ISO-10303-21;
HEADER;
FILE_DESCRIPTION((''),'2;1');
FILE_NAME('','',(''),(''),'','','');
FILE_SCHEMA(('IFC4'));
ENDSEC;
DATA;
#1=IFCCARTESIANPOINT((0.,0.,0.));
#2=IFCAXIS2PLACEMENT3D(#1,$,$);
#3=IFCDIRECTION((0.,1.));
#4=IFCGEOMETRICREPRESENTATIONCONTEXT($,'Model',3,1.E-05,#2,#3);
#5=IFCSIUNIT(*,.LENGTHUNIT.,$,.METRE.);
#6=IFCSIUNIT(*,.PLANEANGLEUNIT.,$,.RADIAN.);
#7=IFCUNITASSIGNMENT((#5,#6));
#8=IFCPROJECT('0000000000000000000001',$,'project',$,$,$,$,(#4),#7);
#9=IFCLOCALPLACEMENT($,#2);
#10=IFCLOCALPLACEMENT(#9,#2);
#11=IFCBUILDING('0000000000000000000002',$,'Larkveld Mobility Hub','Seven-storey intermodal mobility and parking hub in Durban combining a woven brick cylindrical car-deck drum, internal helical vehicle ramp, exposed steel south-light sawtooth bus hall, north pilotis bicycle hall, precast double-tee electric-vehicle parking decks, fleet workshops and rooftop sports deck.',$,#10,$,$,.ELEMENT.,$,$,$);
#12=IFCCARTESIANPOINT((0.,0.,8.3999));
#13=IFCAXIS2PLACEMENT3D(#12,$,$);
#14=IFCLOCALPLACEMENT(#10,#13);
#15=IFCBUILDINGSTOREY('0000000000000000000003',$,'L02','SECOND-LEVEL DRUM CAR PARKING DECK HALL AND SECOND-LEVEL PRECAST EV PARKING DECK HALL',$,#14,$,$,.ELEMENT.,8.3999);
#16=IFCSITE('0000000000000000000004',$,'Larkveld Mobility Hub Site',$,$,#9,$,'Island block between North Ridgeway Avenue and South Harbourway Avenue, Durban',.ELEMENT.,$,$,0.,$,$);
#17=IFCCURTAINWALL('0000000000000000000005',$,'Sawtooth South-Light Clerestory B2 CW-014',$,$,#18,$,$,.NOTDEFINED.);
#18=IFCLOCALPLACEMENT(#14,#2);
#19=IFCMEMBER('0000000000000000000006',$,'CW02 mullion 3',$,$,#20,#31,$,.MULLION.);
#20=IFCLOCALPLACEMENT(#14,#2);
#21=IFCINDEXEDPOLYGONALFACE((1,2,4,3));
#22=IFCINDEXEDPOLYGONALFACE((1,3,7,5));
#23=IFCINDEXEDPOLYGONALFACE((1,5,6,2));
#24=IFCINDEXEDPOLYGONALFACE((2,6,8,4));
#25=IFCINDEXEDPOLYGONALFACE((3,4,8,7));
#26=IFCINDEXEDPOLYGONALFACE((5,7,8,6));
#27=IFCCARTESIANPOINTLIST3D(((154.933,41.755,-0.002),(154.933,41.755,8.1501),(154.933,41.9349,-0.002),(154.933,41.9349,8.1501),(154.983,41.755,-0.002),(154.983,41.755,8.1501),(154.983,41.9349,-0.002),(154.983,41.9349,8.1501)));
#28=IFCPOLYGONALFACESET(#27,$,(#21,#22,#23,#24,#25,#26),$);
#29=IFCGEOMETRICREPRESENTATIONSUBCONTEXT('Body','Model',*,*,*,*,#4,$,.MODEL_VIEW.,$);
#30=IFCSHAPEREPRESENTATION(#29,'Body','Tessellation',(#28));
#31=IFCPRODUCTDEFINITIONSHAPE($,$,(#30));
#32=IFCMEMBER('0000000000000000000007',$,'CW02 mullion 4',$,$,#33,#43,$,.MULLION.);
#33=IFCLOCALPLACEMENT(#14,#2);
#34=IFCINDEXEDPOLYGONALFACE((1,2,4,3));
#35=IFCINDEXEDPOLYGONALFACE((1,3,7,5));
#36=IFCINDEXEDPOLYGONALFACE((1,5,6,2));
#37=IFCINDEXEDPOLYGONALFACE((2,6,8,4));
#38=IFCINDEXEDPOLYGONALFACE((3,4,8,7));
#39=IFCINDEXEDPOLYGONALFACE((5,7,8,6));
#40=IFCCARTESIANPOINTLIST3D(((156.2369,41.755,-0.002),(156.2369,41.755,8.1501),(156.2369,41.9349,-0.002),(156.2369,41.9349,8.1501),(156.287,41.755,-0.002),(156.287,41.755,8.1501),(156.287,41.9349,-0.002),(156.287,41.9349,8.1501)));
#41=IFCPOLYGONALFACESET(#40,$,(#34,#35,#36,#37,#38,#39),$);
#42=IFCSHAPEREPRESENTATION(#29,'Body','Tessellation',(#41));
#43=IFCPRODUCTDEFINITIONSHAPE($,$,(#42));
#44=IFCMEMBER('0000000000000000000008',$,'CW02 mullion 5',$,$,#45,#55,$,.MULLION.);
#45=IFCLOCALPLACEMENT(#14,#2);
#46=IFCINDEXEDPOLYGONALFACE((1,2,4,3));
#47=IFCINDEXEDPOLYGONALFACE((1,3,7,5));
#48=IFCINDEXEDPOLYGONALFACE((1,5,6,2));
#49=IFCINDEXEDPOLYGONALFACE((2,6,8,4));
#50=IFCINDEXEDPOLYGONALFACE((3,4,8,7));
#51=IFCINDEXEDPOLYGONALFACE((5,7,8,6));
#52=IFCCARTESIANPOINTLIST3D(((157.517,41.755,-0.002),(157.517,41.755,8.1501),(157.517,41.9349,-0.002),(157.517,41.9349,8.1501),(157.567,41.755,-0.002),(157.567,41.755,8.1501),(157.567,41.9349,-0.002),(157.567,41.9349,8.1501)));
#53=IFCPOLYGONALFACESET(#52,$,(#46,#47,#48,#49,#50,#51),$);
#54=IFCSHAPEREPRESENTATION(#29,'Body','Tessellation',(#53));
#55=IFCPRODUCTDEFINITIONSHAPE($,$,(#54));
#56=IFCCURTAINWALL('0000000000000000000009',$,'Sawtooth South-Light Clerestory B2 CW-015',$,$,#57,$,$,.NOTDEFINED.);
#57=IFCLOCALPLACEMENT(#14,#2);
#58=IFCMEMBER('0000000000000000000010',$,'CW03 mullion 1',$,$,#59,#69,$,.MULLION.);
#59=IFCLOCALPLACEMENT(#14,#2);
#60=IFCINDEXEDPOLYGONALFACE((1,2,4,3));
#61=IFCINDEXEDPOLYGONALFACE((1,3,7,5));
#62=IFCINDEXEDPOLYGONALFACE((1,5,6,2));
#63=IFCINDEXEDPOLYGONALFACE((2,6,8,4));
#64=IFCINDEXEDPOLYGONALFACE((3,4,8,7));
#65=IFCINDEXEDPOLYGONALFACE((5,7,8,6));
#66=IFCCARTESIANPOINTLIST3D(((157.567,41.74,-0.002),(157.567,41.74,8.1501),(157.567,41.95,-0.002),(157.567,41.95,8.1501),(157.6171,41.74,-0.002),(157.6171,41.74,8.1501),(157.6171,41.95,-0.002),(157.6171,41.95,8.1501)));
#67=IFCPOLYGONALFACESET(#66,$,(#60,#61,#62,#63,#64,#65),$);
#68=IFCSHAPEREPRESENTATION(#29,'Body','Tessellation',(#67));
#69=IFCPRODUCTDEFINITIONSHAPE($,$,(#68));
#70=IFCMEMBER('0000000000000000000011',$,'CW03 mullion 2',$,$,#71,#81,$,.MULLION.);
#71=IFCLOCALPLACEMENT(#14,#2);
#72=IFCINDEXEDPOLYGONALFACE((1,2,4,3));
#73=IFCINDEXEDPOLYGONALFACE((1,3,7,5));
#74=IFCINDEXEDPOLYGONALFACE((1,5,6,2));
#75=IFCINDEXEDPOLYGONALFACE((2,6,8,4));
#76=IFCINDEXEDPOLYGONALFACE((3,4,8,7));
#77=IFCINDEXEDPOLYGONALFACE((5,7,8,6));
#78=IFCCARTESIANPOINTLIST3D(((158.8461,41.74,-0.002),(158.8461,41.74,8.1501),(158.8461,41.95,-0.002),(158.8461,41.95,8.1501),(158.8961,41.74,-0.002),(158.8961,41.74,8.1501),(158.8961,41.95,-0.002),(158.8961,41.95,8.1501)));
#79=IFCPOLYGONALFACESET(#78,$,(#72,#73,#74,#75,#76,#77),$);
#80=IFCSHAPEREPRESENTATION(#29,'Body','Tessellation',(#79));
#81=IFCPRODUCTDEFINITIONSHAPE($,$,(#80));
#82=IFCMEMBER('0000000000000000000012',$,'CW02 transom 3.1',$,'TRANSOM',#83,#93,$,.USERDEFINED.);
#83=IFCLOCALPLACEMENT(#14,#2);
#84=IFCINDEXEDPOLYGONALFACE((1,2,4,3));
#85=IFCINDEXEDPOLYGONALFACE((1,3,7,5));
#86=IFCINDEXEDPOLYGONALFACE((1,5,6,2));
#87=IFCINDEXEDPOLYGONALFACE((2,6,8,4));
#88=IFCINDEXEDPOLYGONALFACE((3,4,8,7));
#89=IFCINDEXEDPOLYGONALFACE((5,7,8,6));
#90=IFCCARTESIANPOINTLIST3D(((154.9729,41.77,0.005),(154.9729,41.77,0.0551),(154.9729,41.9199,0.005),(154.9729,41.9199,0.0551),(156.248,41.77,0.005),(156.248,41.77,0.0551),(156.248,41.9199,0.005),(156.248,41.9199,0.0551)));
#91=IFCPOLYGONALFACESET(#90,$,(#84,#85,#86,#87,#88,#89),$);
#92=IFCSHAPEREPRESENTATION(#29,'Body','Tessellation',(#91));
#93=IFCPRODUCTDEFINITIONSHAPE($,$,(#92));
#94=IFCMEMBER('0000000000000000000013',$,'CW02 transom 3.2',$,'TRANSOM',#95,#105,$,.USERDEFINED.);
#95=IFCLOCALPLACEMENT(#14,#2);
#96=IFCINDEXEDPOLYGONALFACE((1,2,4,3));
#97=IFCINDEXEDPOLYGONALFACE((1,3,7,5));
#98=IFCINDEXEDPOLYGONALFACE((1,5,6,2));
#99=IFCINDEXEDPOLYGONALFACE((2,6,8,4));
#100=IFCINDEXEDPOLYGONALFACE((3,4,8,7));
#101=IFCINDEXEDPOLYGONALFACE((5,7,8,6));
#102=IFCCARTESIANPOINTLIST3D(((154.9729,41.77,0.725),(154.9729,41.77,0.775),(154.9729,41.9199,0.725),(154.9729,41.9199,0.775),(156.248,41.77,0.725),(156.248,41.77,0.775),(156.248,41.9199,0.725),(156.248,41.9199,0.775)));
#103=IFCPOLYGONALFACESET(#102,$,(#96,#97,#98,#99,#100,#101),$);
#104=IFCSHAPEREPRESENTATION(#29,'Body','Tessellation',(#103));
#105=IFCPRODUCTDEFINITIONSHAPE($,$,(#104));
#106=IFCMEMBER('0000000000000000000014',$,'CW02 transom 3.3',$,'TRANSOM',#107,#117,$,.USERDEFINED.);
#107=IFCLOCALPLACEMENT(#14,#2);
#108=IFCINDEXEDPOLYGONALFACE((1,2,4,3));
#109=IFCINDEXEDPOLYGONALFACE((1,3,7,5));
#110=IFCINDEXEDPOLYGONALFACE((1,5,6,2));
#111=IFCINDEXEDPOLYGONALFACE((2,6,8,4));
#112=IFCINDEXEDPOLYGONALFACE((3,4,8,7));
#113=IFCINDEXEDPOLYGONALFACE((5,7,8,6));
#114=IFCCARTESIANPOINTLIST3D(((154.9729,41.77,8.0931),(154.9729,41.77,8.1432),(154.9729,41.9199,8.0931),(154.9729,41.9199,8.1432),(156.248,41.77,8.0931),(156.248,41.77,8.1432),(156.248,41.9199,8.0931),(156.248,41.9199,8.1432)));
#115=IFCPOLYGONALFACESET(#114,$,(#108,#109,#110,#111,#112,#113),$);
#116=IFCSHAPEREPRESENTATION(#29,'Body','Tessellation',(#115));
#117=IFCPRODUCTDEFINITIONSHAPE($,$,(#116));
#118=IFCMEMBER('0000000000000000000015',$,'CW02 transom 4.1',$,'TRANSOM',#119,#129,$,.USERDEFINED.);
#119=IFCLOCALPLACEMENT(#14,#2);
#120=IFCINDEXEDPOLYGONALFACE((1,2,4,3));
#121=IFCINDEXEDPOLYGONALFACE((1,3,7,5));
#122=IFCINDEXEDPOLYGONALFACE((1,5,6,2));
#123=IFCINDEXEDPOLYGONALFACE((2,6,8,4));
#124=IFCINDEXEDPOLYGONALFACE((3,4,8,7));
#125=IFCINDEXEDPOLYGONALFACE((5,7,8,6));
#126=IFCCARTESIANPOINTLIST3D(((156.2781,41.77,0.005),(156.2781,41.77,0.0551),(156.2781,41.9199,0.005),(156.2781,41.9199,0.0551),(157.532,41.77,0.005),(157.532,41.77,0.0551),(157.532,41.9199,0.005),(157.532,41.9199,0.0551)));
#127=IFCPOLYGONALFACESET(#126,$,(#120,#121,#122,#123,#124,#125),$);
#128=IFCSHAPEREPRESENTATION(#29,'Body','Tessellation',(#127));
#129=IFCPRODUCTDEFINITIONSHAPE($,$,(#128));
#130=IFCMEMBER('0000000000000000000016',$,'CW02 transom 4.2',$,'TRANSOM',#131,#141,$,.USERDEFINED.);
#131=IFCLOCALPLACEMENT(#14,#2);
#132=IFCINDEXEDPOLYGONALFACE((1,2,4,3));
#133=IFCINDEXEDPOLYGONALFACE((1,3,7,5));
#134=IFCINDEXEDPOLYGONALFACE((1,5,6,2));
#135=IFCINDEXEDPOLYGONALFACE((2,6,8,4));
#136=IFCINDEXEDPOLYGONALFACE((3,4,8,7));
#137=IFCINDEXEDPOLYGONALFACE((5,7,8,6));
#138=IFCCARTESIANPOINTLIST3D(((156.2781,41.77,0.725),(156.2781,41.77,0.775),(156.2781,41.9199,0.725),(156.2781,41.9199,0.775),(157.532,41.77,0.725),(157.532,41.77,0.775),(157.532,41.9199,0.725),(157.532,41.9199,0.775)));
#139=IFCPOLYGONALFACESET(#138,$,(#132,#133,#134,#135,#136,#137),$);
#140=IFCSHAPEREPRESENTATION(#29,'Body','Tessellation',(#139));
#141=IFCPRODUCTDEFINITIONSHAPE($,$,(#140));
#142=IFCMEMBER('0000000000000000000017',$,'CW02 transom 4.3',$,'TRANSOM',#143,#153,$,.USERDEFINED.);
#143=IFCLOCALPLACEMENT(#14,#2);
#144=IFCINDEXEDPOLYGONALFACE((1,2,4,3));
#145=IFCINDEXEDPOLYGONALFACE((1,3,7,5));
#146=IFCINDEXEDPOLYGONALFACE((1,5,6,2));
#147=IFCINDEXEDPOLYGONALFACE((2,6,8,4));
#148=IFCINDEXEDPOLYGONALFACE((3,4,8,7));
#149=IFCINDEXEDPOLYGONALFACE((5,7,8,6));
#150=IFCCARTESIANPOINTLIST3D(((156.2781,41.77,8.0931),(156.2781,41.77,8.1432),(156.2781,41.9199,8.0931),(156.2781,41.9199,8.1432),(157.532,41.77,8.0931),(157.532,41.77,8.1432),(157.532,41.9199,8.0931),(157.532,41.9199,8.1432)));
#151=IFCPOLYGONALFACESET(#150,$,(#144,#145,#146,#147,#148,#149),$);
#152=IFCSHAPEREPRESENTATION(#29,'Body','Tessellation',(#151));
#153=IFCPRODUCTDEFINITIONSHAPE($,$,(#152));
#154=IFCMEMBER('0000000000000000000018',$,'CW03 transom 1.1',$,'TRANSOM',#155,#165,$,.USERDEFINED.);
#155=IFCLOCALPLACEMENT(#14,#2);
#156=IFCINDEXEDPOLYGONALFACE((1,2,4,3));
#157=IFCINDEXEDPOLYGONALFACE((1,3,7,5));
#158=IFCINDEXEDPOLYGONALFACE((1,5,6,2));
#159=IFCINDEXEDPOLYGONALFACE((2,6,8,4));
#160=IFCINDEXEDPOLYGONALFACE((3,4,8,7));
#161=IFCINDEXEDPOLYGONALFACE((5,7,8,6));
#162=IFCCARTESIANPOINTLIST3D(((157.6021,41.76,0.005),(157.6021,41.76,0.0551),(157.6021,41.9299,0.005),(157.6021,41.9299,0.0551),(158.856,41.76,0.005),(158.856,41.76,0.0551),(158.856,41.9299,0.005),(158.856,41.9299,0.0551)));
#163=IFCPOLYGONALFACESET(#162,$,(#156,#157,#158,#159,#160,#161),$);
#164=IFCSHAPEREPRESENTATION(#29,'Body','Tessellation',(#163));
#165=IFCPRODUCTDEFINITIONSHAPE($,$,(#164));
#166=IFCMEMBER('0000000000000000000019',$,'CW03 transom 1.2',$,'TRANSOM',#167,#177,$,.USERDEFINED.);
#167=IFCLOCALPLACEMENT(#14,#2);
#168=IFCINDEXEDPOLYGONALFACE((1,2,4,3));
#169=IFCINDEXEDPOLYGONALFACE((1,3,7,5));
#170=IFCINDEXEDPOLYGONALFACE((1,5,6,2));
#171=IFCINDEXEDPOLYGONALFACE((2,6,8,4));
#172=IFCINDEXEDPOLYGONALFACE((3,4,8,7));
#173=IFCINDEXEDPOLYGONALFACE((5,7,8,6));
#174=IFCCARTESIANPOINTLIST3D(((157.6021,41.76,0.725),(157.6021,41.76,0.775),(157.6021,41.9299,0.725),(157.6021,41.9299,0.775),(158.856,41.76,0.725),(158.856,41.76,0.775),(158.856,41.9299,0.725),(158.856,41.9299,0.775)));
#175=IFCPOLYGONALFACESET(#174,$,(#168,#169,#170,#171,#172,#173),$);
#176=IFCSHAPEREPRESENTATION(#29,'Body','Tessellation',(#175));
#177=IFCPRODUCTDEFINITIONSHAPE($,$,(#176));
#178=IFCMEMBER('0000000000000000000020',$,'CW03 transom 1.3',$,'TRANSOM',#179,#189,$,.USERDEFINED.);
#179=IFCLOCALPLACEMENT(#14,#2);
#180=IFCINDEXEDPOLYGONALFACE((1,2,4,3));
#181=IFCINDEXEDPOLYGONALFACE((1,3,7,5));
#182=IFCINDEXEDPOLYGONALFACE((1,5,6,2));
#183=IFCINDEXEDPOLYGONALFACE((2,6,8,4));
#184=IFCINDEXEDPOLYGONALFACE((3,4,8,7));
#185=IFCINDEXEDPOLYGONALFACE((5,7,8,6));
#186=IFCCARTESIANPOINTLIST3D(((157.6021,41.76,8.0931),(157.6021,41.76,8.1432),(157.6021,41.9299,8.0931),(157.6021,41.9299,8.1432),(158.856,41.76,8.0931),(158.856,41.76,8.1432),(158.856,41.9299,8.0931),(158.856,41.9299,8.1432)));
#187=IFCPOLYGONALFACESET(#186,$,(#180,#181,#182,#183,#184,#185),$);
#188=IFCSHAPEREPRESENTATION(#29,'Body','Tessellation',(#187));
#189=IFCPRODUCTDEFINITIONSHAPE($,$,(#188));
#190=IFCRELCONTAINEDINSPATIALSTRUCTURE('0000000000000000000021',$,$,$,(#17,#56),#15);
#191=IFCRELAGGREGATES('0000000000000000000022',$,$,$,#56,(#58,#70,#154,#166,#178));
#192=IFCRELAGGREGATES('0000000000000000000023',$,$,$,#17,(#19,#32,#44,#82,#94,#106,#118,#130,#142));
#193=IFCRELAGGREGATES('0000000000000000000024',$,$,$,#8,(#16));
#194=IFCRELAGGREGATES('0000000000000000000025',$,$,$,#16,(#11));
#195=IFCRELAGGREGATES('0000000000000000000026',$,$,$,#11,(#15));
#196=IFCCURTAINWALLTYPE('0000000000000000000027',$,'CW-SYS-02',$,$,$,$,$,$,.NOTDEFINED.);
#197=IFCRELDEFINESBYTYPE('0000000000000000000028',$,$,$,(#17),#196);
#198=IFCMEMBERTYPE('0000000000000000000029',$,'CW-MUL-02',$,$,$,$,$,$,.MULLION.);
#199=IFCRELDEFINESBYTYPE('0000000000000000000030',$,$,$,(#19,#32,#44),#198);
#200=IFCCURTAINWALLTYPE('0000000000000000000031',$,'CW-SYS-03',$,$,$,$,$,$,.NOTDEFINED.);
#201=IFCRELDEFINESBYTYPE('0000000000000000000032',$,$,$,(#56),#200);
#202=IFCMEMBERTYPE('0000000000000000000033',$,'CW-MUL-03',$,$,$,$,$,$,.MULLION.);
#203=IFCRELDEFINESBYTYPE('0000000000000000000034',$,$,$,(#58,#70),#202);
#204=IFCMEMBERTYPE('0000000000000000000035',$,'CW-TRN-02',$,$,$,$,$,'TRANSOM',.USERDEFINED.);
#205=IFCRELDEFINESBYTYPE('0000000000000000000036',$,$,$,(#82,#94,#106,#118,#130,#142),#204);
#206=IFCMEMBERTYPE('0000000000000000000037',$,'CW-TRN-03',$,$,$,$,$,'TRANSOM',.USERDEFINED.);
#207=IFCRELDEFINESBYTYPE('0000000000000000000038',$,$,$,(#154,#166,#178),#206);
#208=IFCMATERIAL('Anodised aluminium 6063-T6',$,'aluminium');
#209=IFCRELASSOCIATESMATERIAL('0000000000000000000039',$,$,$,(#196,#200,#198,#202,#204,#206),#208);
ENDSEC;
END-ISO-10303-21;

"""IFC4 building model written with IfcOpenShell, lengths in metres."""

from ifc_helpers import new_model, si_unit, direction, frame, origin, origin_2d, place, context, subcontext, project, spatial, rectangle, extrude, material, material_profile, profile_set, type_object, element, aggregate, save


model = new_model("IFC4")

# Units and contexts
model_context = context("Model", 3, precision=1e-05, world=origin(), true_north=direction((0.0, 1.0)))
body_context = subcontext(model_context, "Body", "Model", "MODEL_VIEW")
ifc_project = project(units=[si_unit("LENGTHUNIT", "METRE"), si_unit("PLANEANGLEUNIT", "RADIAN")], contexts=[model_context])

# Site, building, storey
site_placement = place(None, origin())
site = spatial("IfcSite", under=ifc_project, at=site_placement, Name="Larkveld Mobility Hub Site", LongName="Island block between North Ridgeway Avenue and South Harbourway Avenue, Durban", CompositionType="ELEMENT", RefElevation=0.0)
building_placement = place(site_placement, origin())
building = spatial("IfcBuilding", under=site, at=building_placement, Name="Larkveld Mobility Hub", Description="Seven-storey intermodal mobility and parking hub in Durban combining a woven brick cylindrical car-deck drum, internal helical vehicle ramp, exposed steel south-light sawtooth bus hall, north pilotis bicycle hall, precast double-tee electric-vehicle parking decks, fleet workshops and rooftop sports deck.", CompositionType="ELEMENT")
storey_placement = place(building_placement, frame((0.0, 0.0, 8.3999)))
storey = spatial("IfcBuildingStorey", under=building, at=storey_placement, Name="L02", Description="SECOND-LEVEL DRUM CAR PARKING DECK HALL AND SECOND-LEVEL PRECAST EV PARKING DECK HALL", CompositionType="ELEMENT", Elevation=8.3999)

# Curtain walls, members
ifc_material_1 = material(Name="Anodised aluminium 6063-T6", Category="aluminium")
curtain_wall_type_1 = type_object("IfcCurtainWallType", Name="CW-SYS-02", PredefinedType="NOTDEFINED", material=ifc_material_1)
curtain_wall_1_placement = place(storey_placement, origin())
curtain_wall_1 = element("IfcCurtainWall", 1, at=curtain_wall_1_placement, inside=storey, type_object=curtain_wall_type_1, Name="Sawtooth South-Light Clerestory B2 CW-014", PredefinedType="NOTDEFINED")
ifc_material_profile_1 = material_profile(ifc_material_1, rectangle(XDim=0.05, YDim=0.1799, at=origin_2d()), Name="ALU MULL 50x180")
ifc_profile_set_1 = profile_set([ifc_material_profile_1], Name="Anodised aluminium 6063-T6")
member_type_1 = type_object("IfcMemberType", Name="CW-MUL-02", PredefinedType="MULLION", material=ifc_profile_set_1)
member_1_placement = place(storey_placement, frame((154.958, 41.845, -0.002), z_axis=(0.0, 0.0, 1.0), x_axis=(1.0, 0.0, 0.0)))
member_1 = element("IfcMember", 2, at=member_1_placement, type_object=member_type_1, Name="CW02 mullion 3", PredefinedType="MULLION", context=body_context, shape_type="SweptSolid", body=[
    extrude(rectangle(XDim=0.05, YDim=0.1799, at=origin_2d()), origin(), (0.0, 0.0, 1.0), 8.1521),
])
member_2_placement = place(storey_placement, frame((156.262, 41.845, -0.002), z_axis=(0.0, 0.0, 1.0), x_axis=(1.0, 0.0, 0.0)))
member_2 = element("IfcMember", 3, at=member_2_placement, type_object=member_type_1, Name="CW02 mullion 4", PredefinedType="MULLION", context=body_context, shape_type="SweptSolid", body=[
    extrude(rectangle(XDim=0.05, YDim=0.1799, at=origin_2d()), origin(), (0.0, 0.0, 1.0), 8.1521),
])
member_3_placement = place(storey_placement, frame((157.542, 41.845, -0.002), z_axis=(0.0, 0.0, 1.0), x_axis=(1.0, 0.0, 0.0)))
member_3 = element("IfcMember", 4, at=member_3_placement, type_object=member_type_1, Name="CW02 mullion 5", PredefinedType="MULLION", context=body_context, shape_type="SweptSolid", body=[
    extrude(rectangle(XDim=0.05, YDim=0.1799, at=origin_2d()), origin(), (0.0, 0.0, 1.0), 8.1521),
])
curtain_wall_type_2 = type_object("IfcCurtainWallType", Name="CW-SYS-03", PredefinedType="NOTDEFINED", material=ifc_material_1)
curtain_wall_2_placement = place(storey_placement, origin())
curtain_wall_2 = element("IfcCurtainWall", 5, at=curtain_wall_2_placement, inside=storey, type_object=curtain_wall_type_2, Name="Sawtooth South-Light Clerestory B2 CW-015", PredefinedType="NOTDEFINED")
ifc_material_profile_2 = material_profile(ifc_material_1, rectangle(XDim=0.05, YDim=0.21, at=origin_2d()), Name="ALU MULL 50x210")
ifc_profile_set_2 = profile_set([ifc_material_profile_2], Name="Anodised aluminium 6063-T6")
member_type_2 = type_object("IfcMemberType", Name="CW-MUL-03", PredefinedType="MULLION", material=ifc_profile_set_2)
member_4_placement = place(storey_placement, frame((157.592, 41.845, -0.002), z_axis=(0.0, 0.0, 1.0), x_axis=(1.0, 0.0, 0.0)))
member_4 = element("IfcMember", 6, at=member_4_placement, type_object=member_type_2, Name="CW03 mullion 1", PredefinedType="MULLION", context=body_context, shape_type="SweptSolid", body=[
    extrude(rectangle(XDim=0.05, YDim=0.21, at=origin_2d()), origin(), (0.0, 0.0, 1.0), 8.1521),
])
member_5_placement = place(storey_placement, frame((158.8711, 41.845, -0.002), z_axis=(0.0, 0.0, 1.0), x_axis=(1.0, 0.0, 0.0)))
member_5 = element("IfcMember", 7, at=member_5_placement, type_object=member_type_2, Name="CW03 mullion 2", PredefinedType="MULLION", context=body_context, shape_type="SweptSolid", body=[
    extrude(rectangle(XDim=0.05, YDim=0.21, at=origin_2d()), origin(), (0.0, 0.0, 1.0), 8.1521),
])

# Members
ifc_material_profile_3 = material_profile(ifc_material_1, rectangle(XDim=0.1499, YDim=0.05, at=origin_2d()), Name="ALU TRAN 50x150")
ifc_profile_set_3 = profile_set([ifc_material_profile_3], Name="Anodised aluminium 6063-T6")
member_type_3 = type_object("IfcMemberType", Name="CW-TRN-02", ElementType="TRANSOM", PredefinedType="USERDEFINED", material=ifc_profile_set_3)
member_6_placement = place(storey_placement, frame((154.9729, 41.845, 0.03), z_axis=(1.0, 0.0, 0.0), x_axis=(0.0, 1.0, 0.0)))
member_6 = element("IfcMember", 8, at=member_6_placement, type_object=member_type_3, Name="CW02 transom 3.1", ObjectType="TRANSOM", PredefinedType="USERDEFINED", context=body_context, shape_type="SweptSolid", body=[
    extrude(rectangle(XDim=0.1499, YDim=0.05, at=origin_2d()), origin(), (0.0, 0.0, 1.0), 1.2751),
])
member_7_placement = place(storey_placement, frame((154.9729, 41.845, 0.75), z_axis=(1.0, 0.0, 0.0), x_axis=(0.0, 1.0, 0.0)))
member_7 = element("IfcMember", 9, at=member_7_placement, type_object=member_type_3, Name="CW02 transom 3.2", ObjectType="TRANSOM", PredefinedType="USERDEFINED", context=body_context, shape_type="SweptSolid", body=[
    extrude(rectangle(XDim=0.1499, YDim=0.05, at=origin_2d()), origin(), (0.0, 0.0, 1.0), 1.2751),
])
member_8_placement = place(storey_placement, frame((154.9729, 41.845, 8.1182), z_axis=(1.0, 0.0, 0.0), x_axis=(0.0, 1.0, 0.0)))
member_8 = element("IfcMember", 10, at=member_8_placement, type_object=member_type_3, Name="CW02 transom 3.3", ObjectType="TRANSOM", PredefinedType="USERDEFINED", context=body_context, shape_type="SweptSolid", body=[
    extrude(rectangle(XDim=0.1499, YDim=0.05, at=origin_2d()), origin(), (0.0, 0.0, 1.0), 1.2751),
])
member_9_placement = place(storey_placement, frame((156.2781, 41.845, 0.03), z_axis=(1.0, 0.0, 0.0), x_axis=(0.0, 1.0, 0.0)))
member_9 = element("IfcMember", 11, at=member_9_placement, type_object=member_type_3, Name="CW02 transom 4.1", ObjectType="TRANSOM", PredefinedType="USERDEFINED", context=body_context, shape_type="SweptSolid", body=[
    extrude(rectangle(XDim=0.1499, YDim=0.05, at=origin_2d()), origin(), (0.0, 0.0, 1.0), 1.2539),
])
member_10_placement = place(storey_placement, frame((156.2781, 41.845, 0.75), z_axis=(1.0, 0.0, 0.0), x_axis=(0.0, 1.0, 0.0)))
member_10 = element("IfcMember", 12, at=member_10_placement, type_object=member_type_3, Name="CW02 transom 4.2", ObjectType="TRANSOM", PredefinedType="USERDEFINED", context=body_context, shape_type="SweptSolid", body=[
    extrude(rectangle(XDim=0.1499, YDim=0.05, at=origin_2d()), origin(), (0.0, 0.0, 1.0), 1.2539),
])
member_11_placement = place(storey_placement, frame((156.2781, 41.845, 8.1182), z_axis=(1.0, 0.0, 0.0), x_axis=(0.0, 1.0, 0.0)))
member_11 = element("IfcMember", 13, at=member_11_placement, type_object=member_type_3, Name="CW02 transom 4.3", ObjectType="TRANSOM", PredefinedType="USERDEFINED", context=body_context, shape_type="SweptSolid", body=[
    extrude(rectangle(XDim=0.1499, YDim=0.05, at=origin_2d()), origin(), (0.0, 0.0, 1.0), 1.2539),
])
ifc_material_profile_4 = material_profile(ifc_material_1, rectangle(XDim=0.1699, YDim=0.05, at=origin_2d()), Name="ALU TRAN 50x170")
ifc_profile_set_4 = profile_set([ifc_material_profile_4], Name="Anodised aluminium 6063-T6")
member_type_4 = type_object("IfcMemberType", Name="CW-TRN-03", ElementType="TRANSOM", PredefinedType="USERDEFINED", material=ifc_profile_set_4)
member_12_placement = place(storey_placement, frame((157.6021, 41.845, 0.03), z_axis=(1.0, 0.0, 0.0), x_axis=(0.0, 1.0, 0.0)))
member_12 = element("IfcMember", 14, at=member_12_placement, type_object=member_type_4, Name="CW03 transom 1.1", ObjectType="TRANSOM", PredefinedType="USERDEFINED", context=body_context, shape_type="SweptSolid", body=[
    extrude(rectangle(XDim=0.1699, YDim=0.05, at=origin_2d()), origin(), (0.0, 0.0, 1.0), 1.2539),
])
member_13_placement = place(storey_placement, frame((157.6021, 41.845, 0.75), z_axis=(1.0, 0.0, 0.0), x_axis=(0.0, 1.0, 0.0)))
member_13 = element("IfcMember", 15, at=member_13_placement, type_object=member_type_4, Name="CW03 transom 1.2", ObjectType="TRANSOM", PredefinedType="USERDEFINED", context=body_context, shape_type="SweptSolid", body=[
    extrude(rectangle(XDim=0.1699, YDim=0.05, at=origin_2d()), origin(), (0.0, 0.0, 1.0), 1.2539),
])
member_14_placement = place(storey_placement, frame((157.6021, 41.845, 8.1182), z_axis=(1.0, 0.0, 0.0), x_axis=(0.0, 1.0, 0.0)))
member_14 = element("IfcMember", 16, at=member_14_placement, type_object=member_type_4, Name="CW03 transom 1.3", ObjectType="TRANSOM", PredefinedType="USERDEFINED", context=body_context, shape_type="SweptSolid", body=[
    extrude(rectangle(XDim=0.1699, YDim=0.05, at=origin_2d()), origin(), (0.0, 0.0, 1.0), 1.2539),
])

aggregate(curtain_wall_2, [member_4, member_5, member_12, member_13, member_14])
aggregate(curtain_wall_1, [member_1, member_2, member_3, member_6, member_7, member_8, member_9, member_10, member_11])

save(model, "model.ifc")
